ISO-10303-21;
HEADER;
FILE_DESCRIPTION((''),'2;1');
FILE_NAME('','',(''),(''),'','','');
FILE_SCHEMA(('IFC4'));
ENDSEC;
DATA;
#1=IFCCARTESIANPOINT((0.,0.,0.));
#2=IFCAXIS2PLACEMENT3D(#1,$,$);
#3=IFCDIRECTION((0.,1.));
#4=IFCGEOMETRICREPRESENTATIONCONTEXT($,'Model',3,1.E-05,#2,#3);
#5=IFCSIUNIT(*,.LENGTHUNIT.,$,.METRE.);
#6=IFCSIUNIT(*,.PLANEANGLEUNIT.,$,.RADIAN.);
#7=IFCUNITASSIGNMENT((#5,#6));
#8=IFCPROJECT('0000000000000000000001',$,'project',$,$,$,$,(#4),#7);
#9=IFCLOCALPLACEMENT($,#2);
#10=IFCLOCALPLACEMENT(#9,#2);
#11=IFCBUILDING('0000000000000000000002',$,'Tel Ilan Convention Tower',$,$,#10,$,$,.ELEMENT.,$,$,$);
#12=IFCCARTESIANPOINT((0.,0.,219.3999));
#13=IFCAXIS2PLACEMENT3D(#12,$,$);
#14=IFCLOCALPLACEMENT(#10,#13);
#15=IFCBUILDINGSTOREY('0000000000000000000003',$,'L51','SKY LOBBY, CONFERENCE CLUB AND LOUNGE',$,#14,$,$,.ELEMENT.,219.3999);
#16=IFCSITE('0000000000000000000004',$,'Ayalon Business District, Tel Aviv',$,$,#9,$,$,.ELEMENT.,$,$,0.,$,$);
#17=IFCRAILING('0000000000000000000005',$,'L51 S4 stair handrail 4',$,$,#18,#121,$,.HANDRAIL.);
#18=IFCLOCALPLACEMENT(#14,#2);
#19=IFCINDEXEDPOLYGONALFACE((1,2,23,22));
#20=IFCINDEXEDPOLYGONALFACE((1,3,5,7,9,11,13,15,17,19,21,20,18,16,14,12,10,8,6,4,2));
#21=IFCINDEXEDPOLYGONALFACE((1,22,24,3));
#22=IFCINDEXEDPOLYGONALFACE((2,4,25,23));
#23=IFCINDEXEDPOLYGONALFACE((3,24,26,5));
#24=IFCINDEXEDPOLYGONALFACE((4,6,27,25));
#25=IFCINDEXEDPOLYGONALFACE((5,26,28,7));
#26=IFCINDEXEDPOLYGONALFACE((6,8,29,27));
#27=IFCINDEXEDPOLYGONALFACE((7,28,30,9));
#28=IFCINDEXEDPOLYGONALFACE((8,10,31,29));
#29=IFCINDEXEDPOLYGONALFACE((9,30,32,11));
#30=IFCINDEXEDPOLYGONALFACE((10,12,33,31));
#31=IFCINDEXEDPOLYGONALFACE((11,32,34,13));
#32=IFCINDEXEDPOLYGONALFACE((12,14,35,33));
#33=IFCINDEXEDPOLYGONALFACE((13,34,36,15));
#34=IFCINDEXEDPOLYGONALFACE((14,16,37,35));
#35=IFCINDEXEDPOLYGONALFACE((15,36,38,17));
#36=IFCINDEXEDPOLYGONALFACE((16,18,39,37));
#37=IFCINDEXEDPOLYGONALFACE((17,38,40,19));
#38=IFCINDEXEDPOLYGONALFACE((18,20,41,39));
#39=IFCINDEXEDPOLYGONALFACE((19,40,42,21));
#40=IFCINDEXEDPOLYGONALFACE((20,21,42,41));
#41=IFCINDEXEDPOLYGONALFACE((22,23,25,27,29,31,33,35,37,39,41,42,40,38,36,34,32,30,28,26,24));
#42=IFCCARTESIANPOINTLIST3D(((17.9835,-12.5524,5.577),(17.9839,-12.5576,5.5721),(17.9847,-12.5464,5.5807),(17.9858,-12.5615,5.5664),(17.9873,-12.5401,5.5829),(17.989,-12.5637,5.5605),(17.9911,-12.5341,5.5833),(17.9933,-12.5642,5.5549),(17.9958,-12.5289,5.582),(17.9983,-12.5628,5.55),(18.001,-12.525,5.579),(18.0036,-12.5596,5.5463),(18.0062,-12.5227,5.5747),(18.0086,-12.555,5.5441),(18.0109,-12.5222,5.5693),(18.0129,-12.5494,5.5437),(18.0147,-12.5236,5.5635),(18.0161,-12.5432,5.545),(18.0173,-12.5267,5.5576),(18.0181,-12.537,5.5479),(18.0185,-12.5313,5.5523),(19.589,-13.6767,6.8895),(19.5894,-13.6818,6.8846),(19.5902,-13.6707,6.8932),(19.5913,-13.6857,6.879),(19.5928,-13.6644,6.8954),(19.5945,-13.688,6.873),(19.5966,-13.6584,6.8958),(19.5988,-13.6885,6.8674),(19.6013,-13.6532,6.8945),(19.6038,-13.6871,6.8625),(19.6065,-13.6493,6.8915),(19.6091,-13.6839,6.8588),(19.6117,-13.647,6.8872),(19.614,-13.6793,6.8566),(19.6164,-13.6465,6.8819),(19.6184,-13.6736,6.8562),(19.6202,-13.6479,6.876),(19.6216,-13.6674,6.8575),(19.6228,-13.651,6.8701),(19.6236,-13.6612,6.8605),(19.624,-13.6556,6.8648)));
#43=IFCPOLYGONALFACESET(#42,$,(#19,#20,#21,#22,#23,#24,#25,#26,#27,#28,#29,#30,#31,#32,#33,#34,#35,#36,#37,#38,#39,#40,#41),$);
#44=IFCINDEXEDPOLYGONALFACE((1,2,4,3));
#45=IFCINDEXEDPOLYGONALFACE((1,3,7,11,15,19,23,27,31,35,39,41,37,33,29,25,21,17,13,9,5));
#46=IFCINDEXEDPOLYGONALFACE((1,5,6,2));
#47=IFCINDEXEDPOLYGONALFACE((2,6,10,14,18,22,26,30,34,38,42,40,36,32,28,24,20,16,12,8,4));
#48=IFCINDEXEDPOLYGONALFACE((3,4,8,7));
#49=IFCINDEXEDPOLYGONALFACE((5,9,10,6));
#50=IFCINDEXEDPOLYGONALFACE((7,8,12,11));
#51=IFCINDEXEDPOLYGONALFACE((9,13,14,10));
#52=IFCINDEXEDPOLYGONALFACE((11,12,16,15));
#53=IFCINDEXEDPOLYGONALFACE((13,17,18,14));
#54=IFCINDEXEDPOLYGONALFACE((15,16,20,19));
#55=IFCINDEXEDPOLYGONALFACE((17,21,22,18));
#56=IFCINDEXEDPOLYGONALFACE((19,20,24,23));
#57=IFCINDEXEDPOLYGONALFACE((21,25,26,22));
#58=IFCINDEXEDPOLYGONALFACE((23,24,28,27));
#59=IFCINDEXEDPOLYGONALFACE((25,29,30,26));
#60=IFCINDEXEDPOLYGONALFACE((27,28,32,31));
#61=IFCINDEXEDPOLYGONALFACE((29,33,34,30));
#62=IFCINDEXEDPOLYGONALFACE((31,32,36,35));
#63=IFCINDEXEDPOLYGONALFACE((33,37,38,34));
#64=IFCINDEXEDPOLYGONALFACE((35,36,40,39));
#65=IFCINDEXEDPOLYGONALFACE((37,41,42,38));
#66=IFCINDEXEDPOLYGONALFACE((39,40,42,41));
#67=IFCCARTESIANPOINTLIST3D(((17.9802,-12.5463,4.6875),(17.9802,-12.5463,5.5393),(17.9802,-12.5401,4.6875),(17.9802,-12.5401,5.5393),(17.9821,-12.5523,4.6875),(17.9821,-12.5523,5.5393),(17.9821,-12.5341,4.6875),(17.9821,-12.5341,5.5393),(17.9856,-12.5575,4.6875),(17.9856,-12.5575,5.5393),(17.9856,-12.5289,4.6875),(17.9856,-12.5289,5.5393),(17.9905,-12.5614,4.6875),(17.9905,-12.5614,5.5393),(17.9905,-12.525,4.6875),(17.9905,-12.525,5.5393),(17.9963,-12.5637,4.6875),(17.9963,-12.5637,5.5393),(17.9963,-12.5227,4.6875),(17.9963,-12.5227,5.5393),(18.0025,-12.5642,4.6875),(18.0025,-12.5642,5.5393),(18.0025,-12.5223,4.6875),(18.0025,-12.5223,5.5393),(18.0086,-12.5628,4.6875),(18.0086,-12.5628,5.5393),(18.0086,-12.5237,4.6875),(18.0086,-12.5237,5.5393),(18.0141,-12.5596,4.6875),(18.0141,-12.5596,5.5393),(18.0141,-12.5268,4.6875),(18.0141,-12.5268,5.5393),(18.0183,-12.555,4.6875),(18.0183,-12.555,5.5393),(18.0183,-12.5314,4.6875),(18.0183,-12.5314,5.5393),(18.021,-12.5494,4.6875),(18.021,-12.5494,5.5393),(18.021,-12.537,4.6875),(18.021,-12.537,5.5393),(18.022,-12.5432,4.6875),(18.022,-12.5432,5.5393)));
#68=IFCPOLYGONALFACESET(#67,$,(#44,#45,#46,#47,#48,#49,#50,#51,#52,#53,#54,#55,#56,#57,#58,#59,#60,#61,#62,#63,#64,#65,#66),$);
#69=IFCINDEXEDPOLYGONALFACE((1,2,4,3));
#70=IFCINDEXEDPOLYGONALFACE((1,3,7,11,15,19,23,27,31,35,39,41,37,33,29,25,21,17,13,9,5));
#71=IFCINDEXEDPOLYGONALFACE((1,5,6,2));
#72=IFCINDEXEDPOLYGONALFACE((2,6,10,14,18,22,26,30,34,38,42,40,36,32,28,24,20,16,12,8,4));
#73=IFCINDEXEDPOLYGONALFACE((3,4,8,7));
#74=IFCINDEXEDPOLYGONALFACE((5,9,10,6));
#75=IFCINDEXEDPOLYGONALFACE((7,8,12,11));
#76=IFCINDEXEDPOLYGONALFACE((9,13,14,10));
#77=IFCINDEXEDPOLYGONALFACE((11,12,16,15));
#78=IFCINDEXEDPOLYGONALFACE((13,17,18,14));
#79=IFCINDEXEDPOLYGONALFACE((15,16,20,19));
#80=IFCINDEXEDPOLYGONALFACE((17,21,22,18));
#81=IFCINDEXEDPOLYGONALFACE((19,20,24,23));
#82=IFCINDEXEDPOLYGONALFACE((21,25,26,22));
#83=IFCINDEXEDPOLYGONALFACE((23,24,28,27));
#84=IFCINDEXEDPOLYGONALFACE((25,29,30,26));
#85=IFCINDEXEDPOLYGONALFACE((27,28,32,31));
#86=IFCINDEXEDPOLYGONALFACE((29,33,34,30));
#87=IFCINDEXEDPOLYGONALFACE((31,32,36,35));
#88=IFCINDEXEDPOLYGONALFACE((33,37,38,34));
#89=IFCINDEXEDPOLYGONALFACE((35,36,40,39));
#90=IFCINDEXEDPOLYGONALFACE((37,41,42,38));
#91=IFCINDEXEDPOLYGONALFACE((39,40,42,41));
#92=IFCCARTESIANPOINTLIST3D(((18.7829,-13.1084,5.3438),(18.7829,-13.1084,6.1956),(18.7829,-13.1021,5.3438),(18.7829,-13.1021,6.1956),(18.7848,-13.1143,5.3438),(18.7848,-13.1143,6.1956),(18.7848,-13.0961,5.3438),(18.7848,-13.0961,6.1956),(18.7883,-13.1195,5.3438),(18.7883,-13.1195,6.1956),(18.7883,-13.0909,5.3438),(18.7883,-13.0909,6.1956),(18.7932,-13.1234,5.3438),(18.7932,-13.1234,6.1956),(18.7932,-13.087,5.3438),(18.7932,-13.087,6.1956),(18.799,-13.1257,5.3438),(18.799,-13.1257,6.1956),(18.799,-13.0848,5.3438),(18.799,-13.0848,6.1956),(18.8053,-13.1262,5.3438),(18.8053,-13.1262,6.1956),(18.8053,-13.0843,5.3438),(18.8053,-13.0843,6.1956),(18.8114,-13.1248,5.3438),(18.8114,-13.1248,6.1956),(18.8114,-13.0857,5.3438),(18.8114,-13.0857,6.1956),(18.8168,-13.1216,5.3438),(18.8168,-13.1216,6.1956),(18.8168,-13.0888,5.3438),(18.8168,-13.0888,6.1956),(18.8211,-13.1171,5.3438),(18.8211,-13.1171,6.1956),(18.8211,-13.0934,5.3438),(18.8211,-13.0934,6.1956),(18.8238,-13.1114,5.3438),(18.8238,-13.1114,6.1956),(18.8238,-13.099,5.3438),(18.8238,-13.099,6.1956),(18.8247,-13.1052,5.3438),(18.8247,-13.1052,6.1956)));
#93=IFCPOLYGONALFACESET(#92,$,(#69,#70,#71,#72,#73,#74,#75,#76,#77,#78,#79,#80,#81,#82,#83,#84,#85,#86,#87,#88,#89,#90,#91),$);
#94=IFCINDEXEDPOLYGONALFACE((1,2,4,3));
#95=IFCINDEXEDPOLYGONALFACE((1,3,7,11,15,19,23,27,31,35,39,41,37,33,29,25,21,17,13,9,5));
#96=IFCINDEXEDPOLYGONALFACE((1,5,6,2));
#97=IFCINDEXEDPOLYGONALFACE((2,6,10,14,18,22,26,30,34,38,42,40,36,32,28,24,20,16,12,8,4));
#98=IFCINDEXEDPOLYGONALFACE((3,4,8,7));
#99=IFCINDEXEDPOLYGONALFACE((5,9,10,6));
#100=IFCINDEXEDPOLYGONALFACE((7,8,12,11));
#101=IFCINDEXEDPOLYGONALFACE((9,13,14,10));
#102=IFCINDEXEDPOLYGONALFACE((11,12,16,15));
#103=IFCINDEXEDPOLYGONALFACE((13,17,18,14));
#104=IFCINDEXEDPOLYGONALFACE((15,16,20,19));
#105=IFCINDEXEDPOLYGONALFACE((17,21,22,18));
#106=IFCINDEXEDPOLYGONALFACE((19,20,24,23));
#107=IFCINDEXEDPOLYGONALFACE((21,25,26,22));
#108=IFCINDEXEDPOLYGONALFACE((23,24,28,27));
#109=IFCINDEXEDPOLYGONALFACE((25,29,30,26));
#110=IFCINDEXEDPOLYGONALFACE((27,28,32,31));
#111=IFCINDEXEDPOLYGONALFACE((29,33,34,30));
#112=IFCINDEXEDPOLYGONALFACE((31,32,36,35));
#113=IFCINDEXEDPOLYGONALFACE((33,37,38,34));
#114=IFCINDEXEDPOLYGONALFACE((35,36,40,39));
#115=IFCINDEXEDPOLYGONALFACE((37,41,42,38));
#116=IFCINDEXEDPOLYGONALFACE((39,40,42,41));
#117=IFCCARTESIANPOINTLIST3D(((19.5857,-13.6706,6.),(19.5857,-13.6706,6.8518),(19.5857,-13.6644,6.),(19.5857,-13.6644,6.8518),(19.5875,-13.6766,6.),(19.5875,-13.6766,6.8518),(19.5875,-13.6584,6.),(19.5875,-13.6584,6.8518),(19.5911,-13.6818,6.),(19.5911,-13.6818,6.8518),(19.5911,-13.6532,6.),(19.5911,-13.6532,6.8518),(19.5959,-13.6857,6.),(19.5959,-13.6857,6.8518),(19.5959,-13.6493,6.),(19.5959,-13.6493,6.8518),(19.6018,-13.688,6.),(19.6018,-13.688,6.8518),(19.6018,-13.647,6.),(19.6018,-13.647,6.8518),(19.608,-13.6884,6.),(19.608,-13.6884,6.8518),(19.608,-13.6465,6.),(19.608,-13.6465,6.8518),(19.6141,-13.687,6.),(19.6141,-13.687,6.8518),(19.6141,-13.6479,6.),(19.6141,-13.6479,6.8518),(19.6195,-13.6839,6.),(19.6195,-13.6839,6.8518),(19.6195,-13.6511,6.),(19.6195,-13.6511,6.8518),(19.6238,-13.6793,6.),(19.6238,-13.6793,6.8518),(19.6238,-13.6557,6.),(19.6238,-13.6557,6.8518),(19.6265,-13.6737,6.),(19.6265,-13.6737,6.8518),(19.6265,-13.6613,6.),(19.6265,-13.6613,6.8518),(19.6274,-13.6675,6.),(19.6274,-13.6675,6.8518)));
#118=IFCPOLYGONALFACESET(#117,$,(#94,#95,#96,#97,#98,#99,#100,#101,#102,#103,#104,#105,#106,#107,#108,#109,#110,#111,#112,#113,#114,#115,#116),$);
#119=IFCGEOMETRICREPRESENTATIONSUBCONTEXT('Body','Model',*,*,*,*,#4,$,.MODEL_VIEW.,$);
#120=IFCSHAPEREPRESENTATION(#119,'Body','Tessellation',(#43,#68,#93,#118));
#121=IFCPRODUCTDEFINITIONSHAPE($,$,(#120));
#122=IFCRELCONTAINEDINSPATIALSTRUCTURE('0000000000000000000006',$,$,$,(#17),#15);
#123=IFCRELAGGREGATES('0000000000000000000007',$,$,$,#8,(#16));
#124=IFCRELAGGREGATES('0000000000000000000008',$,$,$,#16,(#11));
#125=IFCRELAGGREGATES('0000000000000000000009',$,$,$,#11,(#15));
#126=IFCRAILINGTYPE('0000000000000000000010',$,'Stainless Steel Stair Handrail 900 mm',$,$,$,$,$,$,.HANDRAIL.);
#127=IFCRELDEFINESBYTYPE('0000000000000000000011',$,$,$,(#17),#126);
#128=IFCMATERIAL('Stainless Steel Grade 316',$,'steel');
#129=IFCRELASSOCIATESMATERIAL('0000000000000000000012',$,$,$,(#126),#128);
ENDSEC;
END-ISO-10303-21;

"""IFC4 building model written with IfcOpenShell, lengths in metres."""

from ifc_helpers import new_model, si_unit, direction, frame, origin, origin_2d, place, context, subcontext, project, spatial, circle, extrude, material, type_object, element, save


model = new_model("IFC4")

# Units and contexts
model_context = context("Model", 3, precision=1e-05, world=origin(), true_north=direction((0.0, 1.0)))
body_context = subcontext(model_context, "Body", "Model", "MODEL_VIEW")
ifc_project = project(units=[si_unit("LENGTHUNIT", "METRE"), si_unit("PLANEANGLEUNIT", "RADIAN")], contexts=[model_context])

# Site, building, storey
site_placement = place(None, origin())
site = spatial("IfcSite", under=ifc_project, at=site_placement, Name="Ayalon Business District, Tel Aviv", CompositionType="ELEMENT", RefElevation=0.0)
building_placement = place(site_placement, origin())
building = spatial("IfcBuilding", under=site, at=building_placement, Name="Tel Ilan Convention Tower", CompositionType="ELEMENT")
storey_placement = place(building_placement, frame((0.0, 0.0, 219.3999)))
storey = spatial("IfcBuildingStorey", under=building, at=storey_placement, Name="L51", Description="SKY LOBBY, CONFERENCE CLUB AND LOUNGE", CompositionType="ELEMENT", Elevation=219.3999)

# Railing
ifc_material_1 = material(Name="Stainless Steel Grade 316", Category="steel")
railing_type_1 = type_object("IfcRailingType", Name="Stainless Steel Stair Handrail 900 mm", PredefinedType="HANDRAIL", material=ifc_material_1)
for number, where, name in (
    (1, (18.001, -12.5432, 4.6875), "L51 S4 stair handrail 4"),
):
    element("IfcRailing", number, at=place(storey_placement, frame(where)), inside=storey, type_object=railing_type_1, Name=name, PredefinedType="HANDRAIL", context=body_context, shape_type="SweptSolid", body=[
        extrude(circle(Radius=0.0239, at=origin_2d()), frame((0.0, 0.0, 0.876), z_axis=(0.680616, -0.476617, 0.556416), x_axis=(0.573613, 0.819127, 0.0)), (0.0, 0.0, 1.0), 2.3589),
        extrude(circle(Radius=0.021, at=origin_2d()), origin(), (0.0, 0.0, 1.0), 0.8518),
        extrude(circle(Radius=0.021, at=origin_2d()), frame((0.8027, -0.562, 0.6562)), (0.0, 0.0, 1.0), 0.8518),
        extrude(circle(Radius=0.021, at=origin_2d()), frame((1.6055, -1.1243, 1.3125)), (0.0, 0.0, 1.0), 0.8518),
    ])

save(model, "model.ifc")
